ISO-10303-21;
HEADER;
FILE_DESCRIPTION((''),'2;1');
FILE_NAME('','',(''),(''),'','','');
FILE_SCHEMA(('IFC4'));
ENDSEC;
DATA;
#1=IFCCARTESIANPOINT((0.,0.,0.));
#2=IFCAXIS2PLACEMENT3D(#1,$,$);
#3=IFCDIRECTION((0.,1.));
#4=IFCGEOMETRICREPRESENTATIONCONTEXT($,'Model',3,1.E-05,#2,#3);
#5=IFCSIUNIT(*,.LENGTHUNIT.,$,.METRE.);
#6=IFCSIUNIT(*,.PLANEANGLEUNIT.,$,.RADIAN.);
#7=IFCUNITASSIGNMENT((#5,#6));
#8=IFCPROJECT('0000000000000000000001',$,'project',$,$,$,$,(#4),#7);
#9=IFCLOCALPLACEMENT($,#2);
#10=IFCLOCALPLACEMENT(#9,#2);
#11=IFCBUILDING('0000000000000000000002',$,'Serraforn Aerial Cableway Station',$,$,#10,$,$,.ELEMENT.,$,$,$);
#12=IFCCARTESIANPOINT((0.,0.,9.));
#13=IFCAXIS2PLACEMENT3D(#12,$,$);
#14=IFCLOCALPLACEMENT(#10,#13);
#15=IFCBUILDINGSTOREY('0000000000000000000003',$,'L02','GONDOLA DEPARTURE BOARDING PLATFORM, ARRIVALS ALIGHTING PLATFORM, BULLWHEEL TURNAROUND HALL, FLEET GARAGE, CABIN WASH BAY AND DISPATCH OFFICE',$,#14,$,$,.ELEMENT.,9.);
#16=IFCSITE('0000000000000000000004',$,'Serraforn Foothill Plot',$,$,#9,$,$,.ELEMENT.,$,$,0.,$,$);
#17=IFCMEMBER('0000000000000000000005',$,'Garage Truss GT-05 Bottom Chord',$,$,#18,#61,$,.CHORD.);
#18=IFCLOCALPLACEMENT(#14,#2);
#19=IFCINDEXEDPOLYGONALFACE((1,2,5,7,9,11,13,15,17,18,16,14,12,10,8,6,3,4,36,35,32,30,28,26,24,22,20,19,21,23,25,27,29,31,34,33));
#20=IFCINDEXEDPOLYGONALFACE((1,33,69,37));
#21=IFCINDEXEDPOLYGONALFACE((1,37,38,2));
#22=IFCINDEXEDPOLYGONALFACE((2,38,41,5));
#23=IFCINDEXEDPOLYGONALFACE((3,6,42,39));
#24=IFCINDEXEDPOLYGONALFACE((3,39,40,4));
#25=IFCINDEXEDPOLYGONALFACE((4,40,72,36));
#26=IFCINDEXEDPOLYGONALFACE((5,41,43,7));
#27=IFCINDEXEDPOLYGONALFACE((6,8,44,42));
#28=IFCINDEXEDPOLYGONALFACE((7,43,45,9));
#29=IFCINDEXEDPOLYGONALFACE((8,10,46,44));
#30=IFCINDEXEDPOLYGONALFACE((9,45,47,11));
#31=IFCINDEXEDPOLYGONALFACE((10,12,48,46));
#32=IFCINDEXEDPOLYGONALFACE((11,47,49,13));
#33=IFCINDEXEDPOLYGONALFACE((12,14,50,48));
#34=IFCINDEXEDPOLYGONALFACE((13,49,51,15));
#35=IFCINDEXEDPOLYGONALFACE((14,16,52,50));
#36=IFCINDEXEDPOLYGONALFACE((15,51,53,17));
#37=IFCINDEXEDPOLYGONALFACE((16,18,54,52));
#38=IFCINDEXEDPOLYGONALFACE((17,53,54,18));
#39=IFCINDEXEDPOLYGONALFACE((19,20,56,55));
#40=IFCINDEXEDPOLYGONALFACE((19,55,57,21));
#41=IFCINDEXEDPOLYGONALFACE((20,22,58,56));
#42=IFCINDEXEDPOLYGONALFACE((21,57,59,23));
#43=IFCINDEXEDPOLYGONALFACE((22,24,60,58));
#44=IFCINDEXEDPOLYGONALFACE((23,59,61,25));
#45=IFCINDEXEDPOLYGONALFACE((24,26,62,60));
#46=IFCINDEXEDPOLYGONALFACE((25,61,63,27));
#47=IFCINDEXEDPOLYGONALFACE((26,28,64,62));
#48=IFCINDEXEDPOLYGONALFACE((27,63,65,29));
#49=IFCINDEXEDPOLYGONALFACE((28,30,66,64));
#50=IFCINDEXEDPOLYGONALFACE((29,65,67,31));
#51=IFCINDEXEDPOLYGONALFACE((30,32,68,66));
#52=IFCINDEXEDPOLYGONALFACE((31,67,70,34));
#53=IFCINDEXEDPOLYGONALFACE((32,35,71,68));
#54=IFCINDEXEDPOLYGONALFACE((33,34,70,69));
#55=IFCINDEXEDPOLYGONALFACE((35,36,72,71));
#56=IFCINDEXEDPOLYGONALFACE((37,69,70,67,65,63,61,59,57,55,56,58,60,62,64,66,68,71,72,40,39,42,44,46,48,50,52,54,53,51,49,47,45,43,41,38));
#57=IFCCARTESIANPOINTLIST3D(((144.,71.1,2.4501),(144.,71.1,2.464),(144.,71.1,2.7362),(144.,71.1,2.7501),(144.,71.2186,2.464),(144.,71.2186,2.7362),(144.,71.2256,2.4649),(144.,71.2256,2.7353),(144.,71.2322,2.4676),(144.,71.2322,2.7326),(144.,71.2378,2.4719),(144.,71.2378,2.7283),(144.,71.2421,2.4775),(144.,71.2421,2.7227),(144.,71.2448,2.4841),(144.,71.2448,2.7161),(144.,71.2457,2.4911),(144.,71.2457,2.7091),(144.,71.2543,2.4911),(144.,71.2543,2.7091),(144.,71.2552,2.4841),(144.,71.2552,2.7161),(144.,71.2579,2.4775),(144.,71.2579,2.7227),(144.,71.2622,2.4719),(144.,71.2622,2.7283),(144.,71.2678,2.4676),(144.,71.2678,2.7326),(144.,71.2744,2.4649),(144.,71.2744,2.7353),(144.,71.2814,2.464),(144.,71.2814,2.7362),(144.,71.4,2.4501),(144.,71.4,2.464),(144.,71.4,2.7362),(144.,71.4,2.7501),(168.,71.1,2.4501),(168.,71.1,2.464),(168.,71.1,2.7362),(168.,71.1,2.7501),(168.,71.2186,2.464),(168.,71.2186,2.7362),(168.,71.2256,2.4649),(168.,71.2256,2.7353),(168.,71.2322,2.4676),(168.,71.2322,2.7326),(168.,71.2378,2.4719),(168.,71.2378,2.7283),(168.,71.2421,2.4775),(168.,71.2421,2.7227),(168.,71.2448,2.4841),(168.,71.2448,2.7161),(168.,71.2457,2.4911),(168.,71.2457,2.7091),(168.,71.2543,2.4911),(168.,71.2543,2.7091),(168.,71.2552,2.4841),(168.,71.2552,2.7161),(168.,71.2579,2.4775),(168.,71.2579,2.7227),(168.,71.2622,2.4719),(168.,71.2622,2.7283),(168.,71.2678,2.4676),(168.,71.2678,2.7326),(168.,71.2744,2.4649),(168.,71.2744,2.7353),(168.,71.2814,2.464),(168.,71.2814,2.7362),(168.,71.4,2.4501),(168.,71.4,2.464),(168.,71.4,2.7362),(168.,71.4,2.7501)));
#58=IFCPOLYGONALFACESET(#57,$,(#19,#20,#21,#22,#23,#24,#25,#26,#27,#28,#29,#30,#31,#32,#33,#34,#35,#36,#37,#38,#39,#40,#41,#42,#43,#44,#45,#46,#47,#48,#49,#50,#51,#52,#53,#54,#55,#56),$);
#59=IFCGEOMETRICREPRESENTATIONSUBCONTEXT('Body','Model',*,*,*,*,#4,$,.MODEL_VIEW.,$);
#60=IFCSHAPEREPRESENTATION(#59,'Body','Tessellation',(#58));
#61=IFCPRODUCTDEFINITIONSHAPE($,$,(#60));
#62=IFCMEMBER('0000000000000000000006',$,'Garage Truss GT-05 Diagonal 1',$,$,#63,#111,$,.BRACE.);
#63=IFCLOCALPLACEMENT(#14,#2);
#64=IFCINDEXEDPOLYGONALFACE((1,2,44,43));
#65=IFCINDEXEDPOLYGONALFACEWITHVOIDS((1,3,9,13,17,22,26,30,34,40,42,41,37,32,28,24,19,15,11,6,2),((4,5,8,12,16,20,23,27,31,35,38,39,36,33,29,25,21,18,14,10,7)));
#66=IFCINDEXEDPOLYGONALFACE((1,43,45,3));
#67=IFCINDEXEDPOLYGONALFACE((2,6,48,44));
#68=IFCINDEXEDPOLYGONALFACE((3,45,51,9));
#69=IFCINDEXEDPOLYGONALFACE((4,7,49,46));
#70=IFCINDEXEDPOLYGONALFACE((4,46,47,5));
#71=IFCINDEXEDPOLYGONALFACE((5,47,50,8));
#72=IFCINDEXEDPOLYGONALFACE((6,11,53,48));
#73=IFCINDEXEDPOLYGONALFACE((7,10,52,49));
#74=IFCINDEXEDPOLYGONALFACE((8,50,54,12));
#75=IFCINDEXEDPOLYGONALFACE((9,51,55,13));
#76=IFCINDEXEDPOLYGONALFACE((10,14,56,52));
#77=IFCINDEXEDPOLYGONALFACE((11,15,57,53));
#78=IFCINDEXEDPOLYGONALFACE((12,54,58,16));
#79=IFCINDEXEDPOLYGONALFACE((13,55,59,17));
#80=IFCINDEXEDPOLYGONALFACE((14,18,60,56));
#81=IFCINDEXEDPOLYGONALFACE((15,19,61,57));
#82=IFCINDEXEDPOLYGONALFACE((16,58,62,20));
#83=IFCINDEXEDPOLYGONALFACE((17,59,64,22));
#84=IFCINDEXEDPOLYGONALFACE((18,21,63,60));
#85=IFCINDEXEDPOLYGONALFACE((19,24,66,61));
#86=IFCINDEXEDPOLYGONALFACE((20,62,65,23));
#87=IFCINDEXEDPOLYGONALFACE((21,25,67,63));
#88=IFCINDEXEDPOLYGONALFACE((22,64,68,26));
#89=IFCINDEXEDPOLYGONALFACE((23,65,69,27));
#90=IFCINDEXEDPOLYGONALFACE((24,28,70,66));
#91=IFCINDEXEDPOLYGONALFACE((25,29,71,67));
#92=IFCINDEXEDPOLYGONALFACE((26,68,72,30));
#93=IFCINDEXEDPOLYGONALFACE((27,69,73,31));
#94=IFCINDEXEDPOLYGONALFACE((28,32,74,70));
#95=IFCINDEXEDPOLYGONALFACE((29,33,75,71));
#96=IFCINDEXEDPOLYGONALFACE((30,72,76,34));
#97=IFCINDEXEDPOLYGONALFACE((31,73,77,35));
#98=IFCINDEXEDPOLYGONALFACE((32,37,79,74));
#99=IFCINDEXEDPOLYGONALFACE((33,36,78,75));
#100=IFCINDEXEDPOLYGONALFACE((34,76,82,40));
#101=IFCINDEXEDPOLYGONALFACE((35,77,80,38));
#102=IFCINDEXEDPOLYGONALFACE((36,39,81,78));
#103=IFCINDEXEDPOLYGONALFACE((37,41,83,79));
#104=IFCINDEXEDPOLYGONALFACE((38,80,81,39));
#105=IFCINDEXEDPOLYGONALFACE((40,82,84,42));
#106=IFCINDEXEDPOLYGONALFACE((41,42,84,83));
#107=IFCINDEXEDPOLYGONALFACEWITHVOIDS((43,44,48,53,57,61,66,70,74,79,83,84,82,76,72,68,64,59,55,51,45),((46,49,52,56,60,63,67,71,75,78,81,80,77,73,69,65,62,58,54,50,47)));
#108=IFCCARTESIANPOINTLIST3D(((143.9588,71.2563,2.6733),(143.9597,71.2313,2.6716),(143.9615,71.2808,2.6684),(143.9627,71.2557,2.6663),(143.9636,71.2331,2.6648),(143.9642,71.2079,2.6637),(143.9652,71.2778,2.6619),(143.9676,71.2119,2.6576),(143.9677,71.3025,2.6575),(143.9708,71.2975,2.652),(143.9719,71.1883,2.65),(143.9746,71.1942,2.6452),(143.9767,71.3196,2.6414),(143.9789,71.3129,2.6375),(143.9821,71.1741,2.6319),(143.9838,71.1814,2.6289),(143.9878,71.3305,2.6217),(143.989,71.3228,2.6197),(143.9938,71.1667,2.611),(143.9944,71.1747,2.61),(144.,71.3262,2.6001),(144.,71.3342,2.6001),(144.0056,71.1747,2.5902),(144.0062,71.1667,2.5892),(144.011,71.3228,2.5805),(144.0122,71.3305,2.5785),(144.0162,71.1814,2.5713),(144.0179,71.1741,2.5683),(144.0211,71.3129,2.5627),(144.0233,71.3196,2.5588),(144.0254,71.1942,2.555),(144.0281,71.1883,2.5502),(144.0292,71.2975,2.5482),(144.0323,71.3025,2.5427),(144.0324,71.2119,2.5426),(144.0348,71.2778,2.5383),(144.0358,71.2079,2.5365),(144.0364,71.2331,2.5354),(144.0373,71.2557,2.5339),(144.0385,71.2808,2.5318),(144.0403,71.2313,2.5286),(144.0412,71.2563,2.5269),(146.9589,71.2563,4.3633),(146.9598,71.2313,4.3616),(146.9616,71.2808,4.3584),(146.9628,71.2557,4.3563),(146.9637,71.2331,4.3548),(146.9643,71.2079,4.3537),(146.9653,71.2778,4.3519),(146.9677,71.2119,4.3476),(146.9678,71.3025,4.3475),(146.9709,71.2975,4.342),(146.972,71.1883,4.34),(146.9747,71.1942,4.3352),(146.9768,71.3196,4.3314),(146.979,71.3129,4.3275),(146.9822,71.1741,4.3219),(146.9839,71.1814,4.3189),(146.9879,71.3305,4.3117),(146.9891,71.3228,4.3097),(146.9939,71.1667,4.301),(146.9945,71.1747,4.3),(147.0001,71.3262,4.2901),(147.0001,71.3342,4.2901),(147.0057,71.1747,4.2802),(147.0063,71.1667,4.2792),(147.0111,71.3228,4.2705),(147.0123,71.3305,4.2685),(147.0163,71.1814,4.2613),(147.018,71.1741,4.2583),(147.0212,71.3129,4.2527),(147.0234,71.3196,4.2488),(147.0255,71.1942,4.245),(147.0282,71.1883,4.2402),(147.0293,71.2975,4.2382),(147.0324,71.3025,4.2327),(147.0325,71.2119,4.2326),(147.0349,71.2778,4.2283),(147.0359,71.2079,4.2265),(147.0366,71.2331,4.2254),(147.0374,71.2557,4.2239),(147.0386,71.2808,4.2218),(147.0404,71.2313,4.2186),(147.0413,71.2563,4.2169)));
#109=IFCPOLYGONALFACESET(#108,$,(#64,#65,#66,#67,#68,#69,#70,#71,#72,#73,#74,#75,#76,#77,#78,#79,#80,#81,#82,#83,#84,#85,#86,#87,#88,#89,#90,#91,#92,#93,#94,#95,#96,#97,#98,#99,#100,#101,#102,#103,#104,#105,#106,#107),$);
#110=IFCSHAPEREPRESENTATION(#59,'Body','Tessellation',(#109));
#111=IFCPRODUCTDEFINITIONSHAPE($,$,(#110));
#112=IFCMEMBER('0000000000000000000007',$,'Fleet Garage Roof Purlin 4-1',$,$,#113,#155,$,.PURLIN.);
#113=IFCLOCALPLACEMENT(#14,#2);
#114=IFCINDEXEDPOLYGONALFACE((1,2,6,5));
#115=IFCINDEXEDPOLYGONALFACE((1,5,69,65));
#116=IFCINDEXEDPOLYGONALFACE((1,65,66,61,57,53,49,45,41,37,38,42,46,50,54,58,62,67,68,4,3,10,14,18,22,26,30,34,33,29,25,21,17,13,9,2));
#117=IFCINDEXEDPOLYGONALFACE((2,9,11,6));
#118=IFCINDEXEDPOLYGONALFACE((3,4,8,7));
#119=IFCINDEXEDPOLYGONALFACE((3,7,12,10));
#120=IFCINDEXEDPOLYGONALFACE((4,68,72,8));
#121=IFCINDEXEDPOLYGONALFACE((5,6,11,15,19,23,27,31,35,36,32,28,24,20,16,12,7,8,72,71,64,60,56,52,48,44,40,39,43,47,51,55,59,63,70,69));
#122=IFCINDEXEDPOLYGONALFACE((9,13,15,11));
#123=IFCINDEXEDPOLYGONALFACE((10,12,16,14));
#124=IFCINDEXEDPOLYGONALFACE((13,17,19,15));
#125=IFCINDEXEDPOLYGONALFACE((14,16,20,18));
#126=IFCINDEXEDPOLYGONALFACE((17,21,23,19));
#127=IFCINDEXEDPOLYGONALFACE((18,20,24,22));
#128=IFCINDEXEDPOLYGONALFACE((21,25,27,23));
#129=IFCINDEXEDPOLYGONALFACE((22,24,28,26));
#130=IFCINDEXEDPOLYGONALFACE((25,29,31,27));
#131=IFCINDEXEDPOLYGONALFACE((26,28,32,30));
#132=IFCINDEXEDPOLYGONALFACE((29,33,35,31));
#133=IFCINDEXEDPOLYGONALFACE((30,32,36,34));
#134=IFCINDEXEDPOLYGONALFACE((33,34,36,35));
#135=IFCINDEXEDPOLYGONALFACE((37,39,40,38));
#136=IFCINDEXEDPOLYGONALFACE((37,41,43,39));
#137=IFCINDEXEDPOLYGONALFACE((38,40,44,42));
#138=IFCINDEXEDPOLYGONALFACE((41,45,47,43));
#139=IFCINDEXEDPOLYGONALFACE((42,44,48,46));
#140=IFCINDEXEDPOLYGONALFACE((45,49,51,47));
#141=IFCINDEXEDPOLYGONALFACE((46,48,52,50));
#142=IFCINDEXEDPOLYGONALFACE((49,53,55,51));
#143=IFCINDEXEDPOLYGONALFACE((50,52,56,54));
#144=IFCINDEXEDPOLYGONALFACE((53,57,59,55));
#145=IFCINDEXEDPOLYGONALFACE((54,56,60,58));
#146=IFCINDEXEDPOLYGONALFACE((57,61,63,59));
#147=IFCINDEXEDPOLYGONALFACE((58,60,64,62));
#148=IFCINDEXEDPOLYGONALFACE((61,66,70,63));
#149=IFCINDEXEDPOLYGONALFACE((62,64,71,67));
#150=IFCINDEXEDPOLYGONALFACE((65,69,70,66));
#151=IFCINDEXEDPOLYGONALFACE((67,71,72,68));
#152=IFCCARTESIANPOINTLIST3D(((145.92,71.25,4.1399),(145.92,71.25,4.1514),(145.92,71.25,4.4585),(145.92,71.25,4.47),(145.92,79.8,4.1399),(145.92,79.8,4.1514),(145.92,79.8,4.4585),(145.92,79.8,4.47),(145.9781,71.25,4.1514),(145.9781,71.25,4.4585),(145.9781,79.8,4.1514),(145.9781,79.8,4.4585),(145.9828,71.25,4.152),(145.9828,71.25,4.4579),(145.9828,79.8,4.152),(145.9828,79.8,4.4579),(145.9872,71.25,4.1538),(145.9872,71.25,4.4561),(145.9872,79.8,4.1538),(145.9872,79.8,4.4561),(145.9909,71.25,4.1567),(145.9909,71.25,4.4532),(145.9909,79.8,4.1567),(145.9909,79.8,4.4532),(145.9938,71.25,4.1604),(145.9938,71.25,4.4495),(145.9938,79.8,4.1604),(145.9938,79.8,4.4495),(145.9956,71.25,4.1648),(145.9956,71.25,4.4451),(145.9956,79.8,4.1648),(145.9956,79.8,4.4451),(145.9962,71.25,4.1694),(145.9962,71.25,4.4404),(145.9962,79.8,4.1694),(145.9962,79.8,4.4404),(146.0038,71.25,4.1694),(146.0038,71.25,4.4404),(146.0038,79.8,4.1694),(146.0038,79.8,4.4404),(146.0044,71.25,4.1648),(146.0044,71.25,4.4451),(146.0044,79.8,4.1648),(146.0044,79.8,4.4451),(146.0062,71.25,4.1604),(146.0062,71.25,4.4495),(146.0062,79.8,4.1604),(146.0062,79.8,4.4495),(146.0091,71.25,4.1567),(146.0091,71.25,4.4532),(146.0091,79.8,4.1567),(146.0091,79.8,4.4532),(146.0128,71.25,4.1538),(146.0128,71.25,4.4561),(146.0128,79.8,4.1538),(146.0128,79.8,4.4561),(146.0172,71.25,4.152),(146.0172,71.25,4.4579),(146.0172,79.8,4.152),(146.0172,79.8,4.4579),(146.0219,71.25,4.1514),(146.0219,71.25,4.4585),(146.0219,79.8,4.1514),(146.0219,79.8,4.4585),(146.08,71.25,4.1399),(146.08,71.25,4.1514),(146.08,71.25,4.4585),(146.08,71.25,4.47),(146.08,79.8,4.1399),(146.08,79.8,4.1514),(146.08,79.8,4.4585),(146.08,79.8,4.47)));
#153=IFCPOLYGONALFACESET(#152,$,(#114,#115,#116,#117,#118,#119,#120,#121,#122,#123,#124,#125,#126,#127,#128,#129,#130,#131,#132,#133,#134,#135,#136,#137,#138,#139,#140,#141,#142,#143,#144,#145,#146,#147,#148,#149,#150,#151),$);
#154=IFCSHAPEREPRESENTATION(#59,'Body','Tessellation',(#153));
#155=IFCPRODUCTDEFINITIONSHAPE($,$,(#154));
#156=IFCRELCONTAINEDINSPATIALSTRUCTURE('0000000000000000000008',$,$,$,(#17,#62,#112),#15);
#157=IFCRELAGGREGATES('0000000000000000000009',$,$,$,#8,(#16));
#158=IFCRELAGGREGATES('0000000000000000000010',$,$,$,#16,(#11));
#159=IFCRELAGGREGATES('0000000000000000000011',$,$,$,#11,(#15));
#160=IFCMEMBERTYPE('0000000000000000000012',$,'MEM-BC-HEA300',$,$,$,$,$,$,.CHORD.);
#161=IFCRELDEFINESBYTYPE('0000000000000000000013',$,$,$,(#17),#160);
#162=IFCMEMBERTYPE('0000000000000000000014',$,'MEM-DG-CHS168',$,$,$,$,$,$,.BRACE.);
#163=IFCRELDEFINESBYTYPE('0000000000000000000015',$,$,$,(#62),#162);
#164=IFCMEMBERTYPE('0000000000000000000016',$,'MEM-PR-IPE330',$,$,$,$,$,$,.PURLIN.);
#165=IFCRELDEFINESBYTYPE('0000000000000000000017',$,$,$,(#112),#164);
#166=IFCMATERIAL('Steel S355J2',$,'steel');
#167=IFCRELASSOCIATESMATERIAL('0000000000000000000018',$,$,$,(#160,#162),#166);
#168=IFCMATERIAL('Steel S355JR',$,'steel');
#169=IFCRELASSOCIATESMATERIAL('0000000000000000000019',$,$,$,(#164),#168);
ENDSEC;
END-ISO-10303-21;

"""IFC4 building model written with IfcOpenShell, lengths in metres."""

from ifc_helpers import new_model, si_unit, direction, frame, origin, origin_2d, place, context, subcontext, project, spatial, hollow_circle, i_section, extrude, material, material_profile, profile_set, type_object, element, save


model = new_model("IFC4")

# Units and contexts
model_context = context("Model", 3, precision=1e-05, world=origin(), true_north=direction((0.0, 1.0)))
body_context = subcontext(model_context, "Body", "Model", "MODEL_VIEW")
ifc_project = project(units=[si_unit("LENGTHUNIT", "METRE"), si_unit("PLANEANGLEUNIT", "RADIAN")], contexts=[model_context])

# Site, building, storey
site_placement = place(None, origin())
site = spatial("IfcSite", under=ifc_project, at=site_placement, Name="Serraforn Foothill Plot", CompositionType="ELEMENT", RefElevation=0.0)
building_placement = place(site_placement, origin())
building = spatial("IfcBuilding", under=site, at=building_placement, Name="Serraforn Aerial Cableway Station", CompositionType="ELEMENT")
storey_placement = place(building_placement, frame((0.0, 0.0, 9.0)))
storey = spatial("IfcBuildingStorey", under=building, at=storey_placement, Name="L02", Description="GONDOLA DEPARTURE BOARDING PLATFORM, ARRIVALS ALIGHTING PLATFORM, BULLWHEEL TURNAROUND HALL, FLEET GARAGE, CABIN WASH BAY AND DISPATCH OFFICE", CompositionType="ELEMENT", Elevation=9.0)

# Shared definitions
ifc_material_1 = material(Name="Steel S355J2", Category="steel")

# Shared definitions
ifc_material_2 = material(Name="Steel S355JR", Category="steel")

# Members
ifc_material_profile_1 = material_profile(ifc_material_1, i_section(OverallWidth=0.3, OverallDepth=0.3, WebThickness=0.0085, FlangeThickness=0.0139, FilletRadius=0.0271, at=origin_2d()), Name="HEA 300")
ifc_profile_set_1 = profile_set([ifc_material_profile_1], Name="Steel S355J2")
member_type_1 = type_object("IfcMemberType", Name="MEM-BC-HEA300", PredefinedType="CHORD", material=ifc_profile_set_1)
member_1_placement = place(storey_placement, frame((144.0, 71.25, 2.6001), z_axis=(1.0, 0.0, 0.0), x_axis=(0.0, 1.0, 0.0)))
element("IfcMember", 1, at=member_1_placement, inside=storey, type_object=member_type_1, Name="Garage Truss GT-05 Bottom Chord", PredefinedType="CHORD", context=body_context, shape_type="SweptSolid", body=[
    extrude(i_section(OverallWidth=0.3, OverallDepth=0.3, WebThickness=0.0085, FlangeThickness=0.0139, FilletRadius=0.0271, at=origin_2d()), origin(), (0.0, 0.0, 1.0), 24.0),
])
ifc_material_profile_2 = material_profile(ifc_material_1, hollow_circle(Radius=0.0842, WallThickness=0.0081, at=origin_2d()), Name="CHS 168.3x8.0")
ifc_profile_set_2 = profile_set([ifc_material_profile_2], Name="Steel S355J2")
member_type_2 = type_object("IfcMemberType", Name="MEM-DG-CHS168", PredefinedType="BRACE", material=ifc_profile_set_2)
member_2_placement = place(storey_placement, frame((144.0, 71.25, 2.6001), z_axis=(0.871272, 0.0, 0.4908), x_axis=(0.0, 1.0, 0.0)))
element("IfcMember", 2, at=member_2_placement, inside=storey, type_object=member_type_2, Name="Garage Truss GT-05 Diagonal 1", PredefinedType="BRACE", context=body_context, shape_type="SweptSolid", body=[
    extrude(hollow_circle(Radius=0.0842, WallThickness=0.0081, at=origin_2d()), origin(), (0.0, 0.0, 1.0), 3.4434),
])
ifc_material_profile_3 = material_profile(ifc_material_2, i_section(OverallWidth=0.1599, OverallDepth=0.3301, WebThickness=0.0076, FlangeThickness=0.0115, FilletRadius=0.0181, at=origin_2d()), Name="IPE 330")
ifc_profile_set_3 = profile_set([ifc_material_profile_3], Name="Steel S355JR")
member_type_3 = type_object("IfcMemberType", Name="MEM-PR-IPE330", PredefinedType="PURLIN", material=ifc_profile_set_3)
member_3_placement = place(storey_placement, frame((146.0, 71.25, 4.3049), z_axis=(0.0, 1.0, 0.0), x_axis=(-1.0, 0.0, 0.0)))
element("IfcMember", 3, at=member_3_placement, inside=storey, type_object=member_type_3, Name="Fleet Garage Roof Purlin 4-1", PredefinedType="PURLIN", context=body_context, shape_type="SweptSolid", body=[
    extrude(i_section(OverallWidth=0.1599, OverallDepth=0.3301, WebThickness=0.0076, FlangeThickness=0.0115, FilletRadius=0.0181, at=origin_2d()), origin(), (0.0, 0.0, 1.0), 8.55),
])

save(model, "model.ifc")
